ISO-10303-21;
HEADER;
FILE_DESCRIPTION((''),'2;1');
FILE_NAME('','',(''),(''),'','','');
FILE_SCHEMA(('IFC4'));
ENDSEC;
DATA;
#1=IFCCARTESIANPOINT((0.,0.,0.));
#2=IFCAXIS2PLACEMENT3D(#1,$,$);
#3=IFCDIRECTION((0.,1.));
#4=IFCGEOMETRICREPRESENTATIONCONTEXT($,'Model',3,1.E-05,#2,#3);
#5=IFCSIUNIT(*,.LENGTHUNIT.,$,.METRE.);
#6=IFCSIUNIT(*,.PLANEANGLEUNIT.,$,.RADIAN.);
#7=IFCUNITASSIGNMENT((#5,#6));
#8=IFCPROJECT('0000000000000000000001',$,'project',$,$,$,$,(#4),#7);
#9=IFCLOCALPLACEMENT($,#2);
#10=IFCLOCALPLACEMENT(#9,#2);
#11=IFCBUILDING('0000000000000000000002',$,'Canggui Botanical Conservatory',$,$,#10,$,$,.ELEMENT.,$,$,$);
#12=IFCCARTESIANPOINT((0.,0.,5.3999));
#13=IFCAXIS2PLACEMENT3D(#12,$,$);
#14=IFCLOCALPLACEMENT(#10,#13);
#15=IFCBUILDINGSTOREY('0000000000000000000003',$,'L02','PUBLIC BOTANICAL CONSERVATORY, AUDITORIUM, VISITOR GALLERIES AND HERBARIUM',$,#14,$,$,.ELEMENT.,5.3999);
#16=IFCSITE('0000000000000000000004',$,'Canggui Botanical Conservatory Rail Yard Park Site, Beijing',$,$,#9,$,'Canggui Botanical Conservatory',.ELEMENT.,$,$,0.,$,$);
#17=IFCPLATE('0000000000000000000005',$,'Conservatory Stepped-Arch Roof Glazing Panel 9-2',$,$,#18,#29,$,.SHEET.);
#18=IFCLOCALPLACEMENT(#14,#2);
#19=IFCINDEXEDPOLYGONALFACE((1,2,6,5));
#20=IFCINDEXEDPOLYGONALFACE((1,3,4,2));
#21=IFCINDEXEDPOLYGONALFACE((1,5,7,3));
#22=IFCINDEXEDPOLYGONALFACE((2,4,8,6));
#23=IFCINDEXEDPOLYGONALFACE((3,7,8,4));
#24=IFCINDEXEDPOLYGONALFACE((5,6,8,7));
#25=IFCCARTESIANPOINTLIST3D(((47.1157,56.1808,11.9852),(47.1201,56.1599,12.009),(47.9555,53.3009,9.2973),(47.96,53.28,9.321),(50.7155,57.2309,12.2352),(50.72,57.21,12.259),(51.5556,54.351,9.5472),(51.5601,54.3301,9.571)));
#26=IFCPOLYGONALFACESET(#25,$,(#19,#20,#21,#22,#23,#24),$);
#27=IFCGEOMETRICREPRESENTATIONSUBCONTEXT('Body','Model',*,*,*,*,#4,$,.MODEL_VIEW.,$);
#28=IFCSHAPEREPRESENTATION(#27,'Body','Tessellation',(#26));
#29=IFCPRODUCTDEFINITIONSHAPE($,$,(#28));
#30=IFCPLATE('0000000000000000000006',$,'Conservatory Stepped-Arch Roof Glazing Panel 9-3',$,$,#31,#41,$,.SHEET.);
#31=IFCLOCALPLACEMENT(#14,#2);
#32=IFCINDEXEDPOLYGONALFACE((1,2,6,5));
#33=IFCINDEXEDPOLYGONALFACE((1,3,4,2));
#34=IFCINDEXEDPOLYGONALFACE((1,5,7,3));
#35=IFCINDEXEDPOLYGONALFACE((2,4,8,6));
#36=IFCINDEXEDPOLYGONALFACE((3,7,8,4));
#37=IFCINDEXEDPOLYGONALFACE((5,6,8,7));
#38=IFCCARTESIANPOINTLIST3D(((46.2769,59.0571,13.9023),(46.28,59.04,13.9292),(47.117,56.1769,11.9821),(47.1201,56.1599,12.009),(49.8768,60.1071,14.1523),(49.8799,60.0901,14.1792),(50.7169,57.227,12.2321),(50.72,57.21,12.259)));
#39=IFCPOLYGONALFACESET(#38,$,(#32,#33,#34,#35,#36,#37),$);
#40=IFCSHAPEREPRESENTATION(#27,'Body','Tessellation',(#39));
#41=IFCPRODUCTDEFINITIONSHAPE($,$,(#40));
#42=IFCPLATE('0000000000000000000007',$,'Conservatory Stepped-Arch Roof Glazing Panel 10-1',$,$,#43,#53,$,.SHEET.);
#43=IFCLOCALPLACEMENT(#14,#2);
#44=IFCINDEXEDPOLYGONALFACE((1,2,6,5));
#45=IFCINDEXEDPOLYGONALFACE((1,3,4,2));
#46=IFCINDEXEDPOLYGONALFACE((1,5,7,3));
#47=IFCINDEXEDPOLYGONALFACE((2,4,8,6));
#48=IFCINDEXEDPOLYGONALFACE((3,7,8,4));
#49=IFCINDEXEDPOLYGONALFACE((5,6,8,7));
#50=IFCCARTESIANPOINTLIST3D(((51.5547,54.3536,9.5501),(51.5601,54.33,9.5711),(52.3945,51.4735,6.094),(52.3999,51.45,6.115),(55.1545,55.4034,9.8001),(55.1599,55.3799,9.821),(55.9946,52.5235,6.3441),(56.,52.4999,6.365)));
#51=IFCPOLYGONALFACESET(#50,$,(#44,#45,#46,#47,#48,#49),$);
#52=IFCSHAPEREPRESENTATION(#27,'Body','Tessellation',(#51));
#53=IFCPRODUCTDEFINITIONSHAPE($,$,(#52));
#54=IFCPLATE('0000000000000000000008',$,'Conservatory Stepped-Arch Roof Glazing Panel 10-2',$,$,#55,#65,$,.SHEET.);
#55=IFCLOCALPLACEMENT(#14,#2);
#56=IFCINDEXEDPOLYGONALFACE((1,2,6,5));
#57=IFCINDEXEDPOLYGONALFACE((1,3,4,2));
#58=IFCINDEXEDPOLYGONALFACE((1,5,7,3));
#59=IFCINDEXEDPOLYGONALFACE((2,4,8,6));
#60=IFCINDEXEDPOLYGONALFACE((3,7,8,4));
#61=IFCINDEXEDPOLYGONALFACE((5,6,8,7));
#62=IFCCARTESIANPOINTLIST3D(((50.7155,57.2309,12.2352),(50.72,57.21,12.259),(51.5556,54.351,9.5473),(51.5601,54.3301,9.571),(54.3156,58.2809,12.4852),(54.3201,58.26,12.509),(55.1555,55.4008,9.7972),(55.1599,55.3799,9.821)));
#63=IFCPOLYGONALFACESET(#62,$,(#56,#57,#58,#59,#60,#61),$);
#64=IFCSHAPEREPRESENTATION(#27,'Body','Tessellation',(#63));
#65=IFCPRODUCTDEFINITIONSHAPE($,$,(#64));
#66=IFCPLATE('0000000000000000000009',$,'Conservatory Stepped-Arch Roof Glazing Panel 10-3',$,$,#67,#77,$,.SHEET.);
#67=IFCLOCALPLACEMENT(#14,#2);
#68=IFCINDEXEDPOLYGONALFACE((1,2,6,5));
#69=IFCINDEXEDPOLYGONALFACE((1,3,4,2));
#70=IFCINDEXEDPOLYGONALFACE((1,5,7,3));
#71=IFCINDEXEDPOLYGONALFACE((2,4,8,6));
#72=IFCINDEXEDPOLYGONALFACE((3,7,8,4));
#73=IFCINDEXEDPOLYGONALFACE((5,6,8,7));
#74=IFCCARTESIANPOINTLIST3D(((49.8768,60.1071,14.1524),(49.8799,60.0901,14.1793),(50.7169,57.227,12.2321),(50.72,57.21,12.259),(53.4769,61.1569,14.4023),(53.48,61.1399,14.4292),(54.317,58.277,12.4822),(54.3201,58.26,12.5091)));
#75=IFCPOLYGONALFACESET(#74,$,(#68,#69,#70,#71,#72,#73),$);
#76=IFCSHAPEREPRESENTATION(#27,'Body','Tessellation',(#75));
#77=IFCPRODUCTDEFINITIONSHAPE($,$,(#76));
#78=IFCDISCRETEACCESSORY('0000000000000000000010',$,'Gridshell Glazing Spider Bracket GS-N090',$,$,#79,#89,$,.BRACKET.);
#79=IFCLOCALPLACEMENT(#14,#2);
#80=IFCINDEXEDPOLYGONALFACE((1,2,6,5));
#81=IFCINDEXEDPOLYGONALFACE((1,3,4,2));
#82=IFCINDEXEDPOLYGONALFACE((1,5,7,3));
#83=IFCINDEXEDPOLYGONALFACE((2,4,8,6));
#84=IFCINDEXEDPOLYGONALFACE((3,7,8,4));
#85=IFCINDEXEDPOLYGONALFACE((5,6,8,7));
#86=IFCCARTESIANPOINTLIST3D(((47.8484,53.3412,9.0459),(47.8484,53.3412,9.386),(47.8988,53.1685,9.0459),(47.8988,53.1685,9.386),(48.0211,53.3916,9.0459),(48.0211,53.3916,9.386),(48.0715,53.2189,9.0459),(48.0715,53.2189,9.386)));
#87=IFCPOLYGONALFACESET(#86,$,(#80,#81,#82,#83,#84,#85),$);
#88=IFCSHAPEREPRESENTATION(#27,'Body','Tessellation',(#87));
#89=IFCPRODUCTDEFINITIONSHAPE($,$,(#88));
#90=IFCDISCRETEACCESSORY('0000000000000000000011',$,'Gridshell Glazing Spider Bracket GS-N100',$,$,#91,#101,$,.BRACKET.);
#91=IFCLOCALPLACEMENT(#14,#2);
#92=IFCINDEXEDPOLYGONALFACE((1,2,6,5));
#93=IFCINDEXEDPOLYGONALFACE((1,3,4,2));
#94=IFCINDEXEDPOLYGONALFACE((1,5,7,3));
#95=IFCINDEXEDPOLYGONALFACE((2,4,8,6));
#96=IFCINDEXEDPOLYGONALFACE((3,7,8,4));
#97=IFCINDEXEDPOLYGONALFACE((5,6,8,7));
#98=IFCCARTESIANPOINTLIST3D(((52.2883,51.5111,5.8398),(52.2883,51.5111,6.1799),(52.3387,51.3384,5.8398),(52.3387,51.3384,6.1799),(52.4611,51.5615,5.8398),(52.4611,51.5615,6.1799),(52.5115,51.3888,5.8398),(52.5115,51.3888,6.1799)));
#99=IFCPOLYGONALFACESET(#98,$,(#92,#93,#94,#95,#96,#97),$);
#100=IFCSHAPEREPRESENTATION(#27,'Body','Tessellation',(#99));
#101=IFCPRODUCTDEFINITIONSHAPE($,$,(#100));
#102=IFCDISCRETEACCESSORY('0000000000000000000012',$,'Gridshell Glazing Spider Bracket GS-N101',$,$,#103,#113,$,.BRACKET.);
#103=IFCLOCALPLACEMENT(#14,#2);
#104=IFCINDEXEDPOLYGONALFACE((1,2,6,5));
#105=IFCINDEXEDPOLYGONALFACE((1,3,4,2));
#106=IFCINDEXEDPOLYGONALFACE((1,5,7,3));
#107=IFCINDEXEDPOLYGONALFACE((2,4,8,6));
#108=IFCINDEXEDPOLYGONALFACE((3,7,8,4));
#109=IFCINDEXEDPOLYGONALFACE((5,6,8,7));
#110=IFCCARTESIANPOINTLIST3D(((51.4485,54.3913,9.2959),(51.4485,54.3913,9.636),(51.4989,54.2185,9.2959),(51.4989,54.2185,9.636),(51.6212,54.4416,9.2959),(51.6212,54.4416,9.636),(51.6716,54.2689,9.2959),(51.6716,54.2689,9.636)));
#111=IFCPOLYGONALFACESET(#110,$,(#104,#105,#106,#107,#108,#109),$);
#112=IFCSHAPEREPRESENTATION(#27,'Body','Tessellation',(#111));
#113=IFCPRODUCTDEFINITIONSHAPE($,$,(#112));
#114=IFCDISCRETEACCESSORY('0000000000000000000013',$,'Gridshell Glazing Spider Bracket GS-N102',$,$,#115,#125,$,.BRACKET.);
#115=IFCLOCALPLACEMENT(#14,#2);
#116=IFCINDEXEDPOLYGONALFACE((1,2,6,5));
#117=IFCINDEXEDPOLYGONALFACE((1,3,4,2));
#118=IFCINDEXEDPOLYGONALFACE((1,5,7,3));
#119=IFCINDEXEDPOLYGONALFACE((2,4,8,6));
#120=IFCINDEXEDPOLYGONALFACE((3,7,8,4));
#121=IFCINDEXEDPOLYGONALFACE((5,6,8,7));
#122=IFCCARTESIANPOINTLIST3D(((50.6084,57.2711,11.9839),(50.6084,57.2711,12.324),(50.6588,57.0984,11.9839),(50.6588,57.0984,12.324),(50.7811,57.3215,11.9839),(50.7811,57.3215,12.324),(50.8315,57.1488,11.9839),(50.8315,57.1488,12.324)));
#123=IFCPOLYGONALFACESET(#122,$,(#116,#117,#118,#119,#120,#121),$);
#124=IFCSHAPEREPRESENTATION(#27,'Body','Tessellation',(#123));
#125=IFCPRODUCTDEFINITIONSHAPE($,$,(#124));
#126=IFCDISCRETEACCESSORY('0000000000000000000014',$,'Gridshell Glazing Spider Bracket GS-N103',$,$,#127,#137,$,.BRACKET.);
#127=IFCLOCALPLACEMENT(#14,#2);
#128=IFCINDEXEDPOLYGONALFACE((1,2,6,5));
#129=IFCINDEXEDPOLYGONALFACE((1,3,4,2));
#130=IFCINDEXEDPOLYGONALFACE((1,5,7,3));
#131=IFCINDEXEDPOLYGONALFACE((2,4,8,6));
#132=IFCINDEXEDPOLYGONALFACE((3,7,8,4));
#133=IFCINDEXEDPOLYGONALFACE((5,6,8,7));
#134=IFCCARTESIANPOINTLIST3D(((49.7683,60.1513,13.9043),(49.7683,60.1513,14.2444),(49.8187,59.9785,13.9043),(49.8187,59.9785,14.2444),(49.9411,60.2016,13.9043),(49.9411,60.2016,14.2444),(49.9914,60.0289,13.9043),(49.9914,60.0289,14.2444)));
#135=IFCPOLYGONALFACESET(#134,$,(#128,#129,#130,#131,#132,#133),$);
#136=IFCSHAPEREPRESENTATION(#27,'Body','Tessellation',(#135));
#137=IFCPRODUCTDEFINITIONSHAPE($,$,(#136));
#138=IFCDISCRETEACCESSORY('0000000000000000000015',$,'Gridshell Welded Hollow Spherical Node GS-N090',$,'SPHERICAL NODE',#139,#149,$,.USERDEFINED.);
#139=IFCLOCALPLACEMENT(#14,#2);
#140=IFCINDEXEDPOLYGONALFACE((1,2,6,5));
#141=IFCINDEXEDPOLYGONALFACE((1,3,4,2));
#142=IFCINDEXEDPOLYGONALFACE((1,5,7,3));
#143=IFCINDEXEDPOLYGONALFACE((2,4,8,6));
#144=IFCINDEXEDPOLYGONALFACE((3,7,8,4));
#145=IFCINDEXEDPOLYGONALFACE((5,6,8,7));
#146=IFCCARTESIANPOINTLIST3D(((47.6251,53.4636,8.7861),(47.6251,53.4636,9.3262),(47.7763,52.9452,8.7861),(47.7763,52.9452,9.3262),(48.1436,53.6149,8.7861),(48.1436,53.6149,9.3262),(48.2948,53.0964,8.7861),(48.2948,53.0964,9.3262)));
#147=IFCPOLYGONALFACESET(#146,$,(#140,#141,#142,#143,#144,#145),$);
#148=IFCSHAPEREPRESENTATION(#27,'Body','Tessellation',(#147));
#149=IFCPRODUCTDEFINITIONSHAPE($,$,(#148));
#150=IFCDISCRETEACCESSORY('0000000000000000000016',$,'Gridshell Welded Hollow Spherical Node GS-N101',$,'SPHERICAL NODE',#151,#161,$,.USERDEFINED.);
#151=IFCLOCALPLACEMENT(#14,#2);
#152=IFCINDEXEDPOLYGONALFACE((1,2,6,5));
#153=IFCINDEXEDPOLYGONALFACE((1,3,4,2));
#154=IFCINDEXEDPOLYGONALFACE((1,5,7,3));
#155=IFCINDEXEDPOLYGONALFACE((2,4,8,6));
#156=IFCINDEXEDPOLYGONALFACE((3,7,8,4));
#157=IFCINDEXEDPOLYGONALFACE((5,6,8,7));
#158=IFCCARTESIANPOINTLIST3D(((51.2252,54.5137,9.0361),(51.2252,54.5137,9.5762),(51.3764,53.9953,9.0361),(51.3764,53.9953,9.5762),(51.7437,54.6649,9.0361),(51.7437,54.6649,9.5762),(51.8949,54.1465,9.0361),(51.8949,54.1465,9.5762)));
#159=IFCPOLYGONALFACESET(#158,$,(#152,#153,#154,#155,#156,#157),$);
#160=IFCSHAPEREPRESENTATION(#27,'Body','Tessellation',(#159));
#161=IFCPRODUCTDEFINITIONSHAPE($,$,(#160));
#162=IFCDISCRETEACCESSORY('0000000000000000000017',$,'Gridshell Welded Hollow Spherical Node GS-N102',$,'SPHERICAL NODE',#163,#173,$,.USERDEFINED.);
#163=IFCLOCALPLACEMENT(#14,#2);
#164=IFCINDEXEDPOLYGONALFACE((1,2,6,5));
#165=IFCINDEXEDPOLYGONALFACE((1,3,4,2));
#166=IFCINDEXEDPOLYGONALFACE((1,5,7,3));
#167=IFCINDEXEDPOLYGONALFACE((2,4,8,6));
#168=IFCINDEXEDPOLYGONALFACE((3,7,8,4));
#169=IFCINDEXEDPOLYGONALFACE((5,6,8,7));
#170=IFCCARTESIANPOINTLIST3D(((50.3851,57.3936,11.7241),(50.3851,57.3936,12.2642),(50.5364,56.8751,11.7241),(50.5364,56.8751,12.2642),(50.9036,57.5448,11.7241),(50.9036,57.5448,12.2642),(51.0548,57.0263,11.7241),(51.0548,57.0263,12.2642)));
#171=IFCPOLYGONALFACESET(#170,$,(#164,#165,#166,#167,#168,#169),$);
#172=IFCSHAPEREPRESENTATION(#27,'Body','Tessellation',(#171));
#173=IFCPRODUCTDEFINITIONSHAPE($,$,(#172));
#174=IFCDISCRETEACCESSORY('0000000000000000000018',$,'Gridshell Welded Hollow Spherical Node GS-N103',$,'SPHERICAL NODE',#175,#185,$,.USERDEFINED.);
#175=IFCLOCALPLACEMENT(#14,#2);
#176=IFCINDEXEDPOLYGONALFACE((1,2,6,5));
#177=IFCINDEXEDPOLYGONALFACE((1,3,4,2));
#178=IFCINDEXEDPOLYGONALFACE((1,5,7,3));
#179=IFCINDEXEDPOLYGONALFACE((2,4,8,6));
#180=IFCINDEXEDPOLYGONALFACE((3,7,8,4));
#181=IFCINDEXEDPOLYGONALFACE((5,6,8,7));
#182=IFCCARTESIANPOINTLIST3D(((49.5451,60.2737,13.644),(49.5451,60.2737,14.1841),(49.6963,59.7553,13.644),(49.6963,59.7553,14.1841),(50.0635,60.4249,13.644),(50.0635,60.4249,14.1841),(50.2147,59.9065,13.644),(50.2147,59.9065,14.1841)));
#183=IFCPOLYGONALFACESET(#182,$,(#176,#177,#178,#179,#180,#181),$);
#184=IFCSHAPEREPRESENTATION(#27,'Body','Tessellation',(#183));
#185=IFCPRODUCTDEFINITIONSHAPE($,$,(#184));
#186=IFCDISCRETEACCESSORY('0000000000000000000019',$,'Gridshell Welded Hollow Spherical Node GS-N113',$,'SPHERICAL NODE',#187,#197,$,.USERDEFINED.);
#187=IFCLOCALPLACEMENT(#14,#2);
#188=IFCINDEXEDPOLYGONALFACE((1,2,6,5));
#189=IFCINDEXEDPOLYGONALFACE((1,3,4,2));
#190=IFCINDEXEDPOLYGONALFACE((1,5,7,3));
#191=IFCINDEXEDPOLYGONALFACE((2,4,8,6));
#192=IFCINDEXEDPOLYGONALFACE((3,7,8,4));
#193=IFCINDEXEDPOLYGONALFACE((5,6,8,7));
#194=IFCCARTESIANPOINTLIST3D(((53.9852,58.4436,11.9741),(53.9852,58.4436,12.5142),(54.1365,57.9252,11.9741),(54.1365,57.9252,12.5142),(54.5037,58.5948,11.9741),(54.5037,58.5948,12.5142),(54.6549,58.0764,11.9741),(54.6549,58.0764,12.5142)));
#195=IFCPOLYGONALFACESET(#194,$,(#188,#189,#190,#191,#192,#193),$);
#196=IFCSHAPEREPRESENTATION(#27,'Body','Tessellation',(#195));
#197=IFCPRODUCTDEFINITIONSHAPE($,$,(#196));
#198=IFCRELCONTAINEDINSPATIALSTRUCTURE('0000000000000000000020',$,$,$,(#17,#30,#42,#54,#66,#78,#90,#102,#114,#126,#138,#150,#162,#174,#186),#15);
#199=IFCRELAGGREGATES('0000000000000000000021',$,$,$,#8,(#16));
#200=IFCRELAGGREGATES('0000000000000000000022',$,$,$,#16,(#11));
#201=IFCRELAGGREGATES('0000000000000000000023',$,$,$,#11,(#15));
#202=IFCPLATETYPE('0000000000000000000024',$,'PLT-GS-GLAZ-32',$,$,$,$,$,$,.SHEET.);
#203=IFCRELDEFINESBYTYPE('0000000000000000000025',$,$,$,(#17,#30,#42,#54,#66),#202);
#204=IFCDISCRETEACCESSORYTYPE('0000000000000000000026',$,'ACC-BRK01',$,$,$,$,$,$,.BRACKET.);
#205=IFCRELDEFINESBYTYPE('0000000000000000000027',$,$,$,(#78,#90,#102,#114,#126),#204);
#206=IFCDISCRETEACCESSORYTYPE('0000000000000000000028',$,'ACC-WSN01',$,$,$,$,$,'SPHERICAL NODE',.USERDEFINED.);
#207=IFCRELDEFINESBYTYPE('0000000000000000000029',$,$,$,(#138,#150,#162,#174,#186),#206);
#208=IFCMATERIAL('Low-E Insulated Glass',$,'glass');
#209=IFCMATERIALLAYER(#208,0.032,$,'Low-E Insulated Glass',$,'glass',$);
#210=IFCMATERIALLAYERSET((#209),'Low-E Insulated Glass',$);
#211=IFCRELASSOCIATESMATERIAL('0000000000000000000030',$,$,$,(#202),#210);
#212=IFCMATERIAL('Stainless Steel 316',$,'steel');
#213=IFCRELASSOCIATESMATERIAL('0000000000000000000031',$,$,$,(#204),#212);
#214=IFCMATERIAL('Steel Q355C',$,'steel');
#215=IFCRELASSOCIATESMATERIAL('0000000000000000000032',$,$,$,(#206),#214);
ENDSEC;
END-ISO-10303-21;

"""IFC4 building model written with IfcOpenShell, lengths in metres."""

from ifc_helpers import new_model, si_unit, direction, frame, origin, origin_2d, place, context, subcontext, project, spatial, polyline, rectangle, outline, extrude, material, layer, layer_set, type_object, element, save


model = new_model("IFC4")

# Units and contexts
model_context = context("Model", 3, precision=1e-05, world=origin(), true_north=direction((0.0, 1.0)))
body_context = subcontext(model_context, "Body", "Model", "MODEL_VIEW")
ifc_project = project(units=[si_unit("LENGTHUNIT", "METRE"), si_unit("PLANEANGLEUNIT", "RADIAN")], contexts=[model_context])

# Site, building, storey
site_placement = place(None, origin())
site = spatial("IfcSite", under=ifc_project, at=site_placement, Name="Canggui Botanical Conservatory Rail Yard Park Site, Beijing", LongName="Canggui Botanical Conservatory", CompositionType="ELEMENT", RefElevation=0.0)
building_placement = place(site_placement, origin())
building = spatial("IfcBuilding", under=site, at=building_placement, Name="Canggui Botanical Conservatory", CompositionType="ELEMENT")
storey_placement = place(building_placement, frame((0.0, 0.0, 5.3999)))
storey = spatial("IfcBuildingStorey", under=building, at=storey_placement, Name="L02", Description="PUBLIC BOTANICAL CONSERVATORY, AUDITORIUM, VISITOR GALLERIES AND HERBARIUM", CompositionType="ELEMENT", Elevation=5.3999)

# Shared definitions
ifc_material_1 = material(Name="Steel Q355C", Category="steel")

# Plates
ifc_material_2 = material(Name="Low-E Insulated Glass", Category="glass")
ifc_layer_1 = layer(ifc_material_2, 0.032, Name="Low-E Insulated Glass", Category="glass")
ifc_layer_set_1 = layer_set([ifc_layer_1], Name="Low-E Insulated Glass")
plate_type_1 = type_object("IfcPlateType", Name="PLT-GS-GLAZ-32", PredefinedType="SHEET", material=ifc_layer_set_1)
plate_1_placement = place(storey_placement, frame((47.96, 53.28, 9.321), z_axis=(0.139026, -0.653732, 0.743846), x_axis=(0.957872, 0.279388, 0.066514)))
element("IfcPlate", 1, at=plate_1_placement, inside=storey, type_object=plate_type_1, Name="Conservatory Stepped-Arch Roof Glazing Panel 9-2", PredefinedType="SHEET", context=body_context, shape_type="SweptSolid", body=[
    extrude(outline(polyline([(0.0, 0.0), (3.7584, 0.0), (3.9371, 4.024), (0.1789, 4.024), (0.0, 0.0)])), origin(), (0.0, 0.0, -1.0), 0.032),
])
plate_2_placement = place(storey_placement, frame((47.1201, 56.1599, 12.009), z_axis=(0.096892, -0.532387, 0.840938), x_axis=(0.957867, 0.279402, 0.066521)))
element("IfcPlate", 2, at=plate_2_placement, inside=storey, type_object=plate_type_1, Name="Conservatory Stepped-Arch Roof Glazing Panel 9-3", PredefinedType="SHEET", context=body_context, shape_type="SweptSolid", body=[
    extrude(outline(polyline([(0.0, 0.0), (3.7582, 0.0), (3.886, 3.5597), (0.1278, 3.5597), (0.0, 0.0)])), origin(), (0.0, 0.0, -1.0), 0.032),
])
plate_3_placement = place(storey_placement, frame((52.3999, 51.45, 6.115), z_axis=(0.169321, -0.736505, 0.654898), x_axis=(0.957876, 0.279371, 0.066529)))
element("IfcPlate", 3, at=plate_3_placement, inside=storey, type_object=plate_type_1, Name="Conservatory Stepped-Arch Roof Glazing Panel 10-1", PredefinedType="SHEET", context=body_context, shape_type="SweptSolid", body=[
    extrude(outline(polyline([(0.0, 0.0), (3.7584, 0.0), (3.9882, 4.5707), (0.2301, 4.5708), (0.0, 0.0)])), origin(), (0.0, 0.0, -1.0), 0.032),
])
plate_4_placement = place(storey_placement, frame((51.5601, 54.3301, 9.571), z_axis=(0.139, -0.653723, 0.743858), x_axis=(0.957882, 0.279353, 0.06651)))
element("IfcPlate", 4, at=plate_4_placement, inside=storey, type_object=plate_type_1, Name="Conservatory Stepped-Arch Roof Glazing Panel 10-2", PredefinedType="SHEET", context=body_context, shape_type="SweptSolid", body=[
    extrude(outline(polyline([(0.0, 0.0), (3.7581, 0.0), (3.937, 4.0241), (0.1786, 4.024), (0.0, 0.0)])), origin(), (0.0, 0.0, -1.0), 0.032),
])
plate_5_placement = place(storey_placement, frame((50.72, 57.21, 12.259), z_axis=(0.096874, -0.532407, 0.840927), x_axis=(0.957874, 0.279376, 0.066532)))
element("IfcPlate", 5, at=plate_5_placement, inside=storey, type_object=plate_type_1, Name="Conservatory Stepped-Arch Roof Glazing Panel 10-3", PredefinedType="SHEET", context=body_context, shape_type="SweptSolid", body=[
    extrude(outline(polyline([(0.0, 0.0), (3.7584, 0.0), (3.8861, 3.5595), (0.1277, 3.5597), (0.0, 0.0)])), origin(), (0.0, 0.0, -1.0), 0.032),
])

# Discrete accessories
ifc_material_3 = material(Name="Stainless Steel 316", Category="steel")
discrete_accessory_type_1 = type_object("IfcDiscreteAccessoryType", Name="ACC-BRK01", PredefinedType="BRACKET", material=ifc_material_3)
for number, where, z_axis, x_axis, name in (
    (6, (47.96, 53.28, 9.0459), (0.0, 0.0, 1.0), (0.96, 0.28, 0.0), "Gridshell Glazing Spider Bracket GS-N090"),
    (7, (52.3999, 51.45, 5.8398), (0.0, 0.0, 1.0), (0.96, 0.28, 0.0), "Gridshell Glazing Spider Bracket GS-N100"),
    (8, (51.5601, 54.3301, 9.2959), (0.0, 0.0, 1.0), (0.96, 0.28, 0.0), "Gridshell Glazing Spider Bracket GS-N101"),
    (9, (50.72, 57.21, 11.9839), (0.0, 0.0, 1.0), (0.96, 0.28, 0.0), "Gridshell Glazing Spider Bracket GS-N102"),
    (10, (49.8799, 60.0901, 13.9043), (0.0, 0.0, 1.0), (0.96, 0.28, 0.0), "Gridshell Glazing Spider Bracket GS-N103"),
):
    element("IfcDiscreteAccessory", number, at=place(storey_placement, frame(where, z_axis=z_axis, x_axis=x_axis)), inside=storey, type_object=discrete_accessory_type_1, Name=name, PredefinedType="BRACKET", context=body_context, shape_type="SweptSolid", body=[
        extrude(rectangle(XDim=0.1799, YDim=0.1799, at=origin_2d()), origin(), (0.0, 0.0, 1.0), 0.3401),
    ])
discrete_accessory_type_2 = type_object("IfcDiscreteAccessoryType", Name="ACC-WSN01", ElementType="SPHERICAL NODE", PredefinedType="USERDEFINED", material=ifc_material_1)
for number, where, z_axis, x_axis, name in (
    (11, (47.96, 53.28, 8.7861), (0.0, 0.0, 1.0), (0.96, 0.28, 0.0), "Gridshell Welded Hollow Spherical Node GS-N090"),
    (12, (51.5601, 54.3301, 9.0361), (0.0, 0.0, 1.0), (0.96, 0.28, 0.0), "Gridshell Welded Hollow Spherical Node GS-N101"),
    (13, (50.72, 57.21, 11.7241), (0.0, 0.0, 1.0), (0.96, 0.28, 0.0), "Gridshell Welded Hollow Spherical Node GS-N102"),
    (14, (49.8799, 60.0901, 13.644), (0.0, 0.0, 1.0), (0.96, 0.28, 0.0), "Gridshell Welded Hollow Spherical Node GS-N103"),
    (15, (54.3201, 58.26, 11.9741), (0.0, 0.0, 1.0), (0.96, 0.28, 0.0), "Gridshell Welded Hollow Spherical Node GS-N113"),
):
    element("IfcDiscreteAccessory", number, at=place(storey_placement, frame(where, z_axis=z_axis, x_axis=x_axis)), inside=storey, type_object=discrete_accessory_type_2, Name=name, ObjectType="SPHERICAL NODE", PredefinedType="USERDEFINED", context=body_context, shape_type="SweptSolid", body=[
        extrude(rectangle(XDim=0.54, YDim=0.54, at=origin_2d()), origin(), (0.0, 0.0, 1.0), 0.54),
    ])

save(model, "model.ifc")
